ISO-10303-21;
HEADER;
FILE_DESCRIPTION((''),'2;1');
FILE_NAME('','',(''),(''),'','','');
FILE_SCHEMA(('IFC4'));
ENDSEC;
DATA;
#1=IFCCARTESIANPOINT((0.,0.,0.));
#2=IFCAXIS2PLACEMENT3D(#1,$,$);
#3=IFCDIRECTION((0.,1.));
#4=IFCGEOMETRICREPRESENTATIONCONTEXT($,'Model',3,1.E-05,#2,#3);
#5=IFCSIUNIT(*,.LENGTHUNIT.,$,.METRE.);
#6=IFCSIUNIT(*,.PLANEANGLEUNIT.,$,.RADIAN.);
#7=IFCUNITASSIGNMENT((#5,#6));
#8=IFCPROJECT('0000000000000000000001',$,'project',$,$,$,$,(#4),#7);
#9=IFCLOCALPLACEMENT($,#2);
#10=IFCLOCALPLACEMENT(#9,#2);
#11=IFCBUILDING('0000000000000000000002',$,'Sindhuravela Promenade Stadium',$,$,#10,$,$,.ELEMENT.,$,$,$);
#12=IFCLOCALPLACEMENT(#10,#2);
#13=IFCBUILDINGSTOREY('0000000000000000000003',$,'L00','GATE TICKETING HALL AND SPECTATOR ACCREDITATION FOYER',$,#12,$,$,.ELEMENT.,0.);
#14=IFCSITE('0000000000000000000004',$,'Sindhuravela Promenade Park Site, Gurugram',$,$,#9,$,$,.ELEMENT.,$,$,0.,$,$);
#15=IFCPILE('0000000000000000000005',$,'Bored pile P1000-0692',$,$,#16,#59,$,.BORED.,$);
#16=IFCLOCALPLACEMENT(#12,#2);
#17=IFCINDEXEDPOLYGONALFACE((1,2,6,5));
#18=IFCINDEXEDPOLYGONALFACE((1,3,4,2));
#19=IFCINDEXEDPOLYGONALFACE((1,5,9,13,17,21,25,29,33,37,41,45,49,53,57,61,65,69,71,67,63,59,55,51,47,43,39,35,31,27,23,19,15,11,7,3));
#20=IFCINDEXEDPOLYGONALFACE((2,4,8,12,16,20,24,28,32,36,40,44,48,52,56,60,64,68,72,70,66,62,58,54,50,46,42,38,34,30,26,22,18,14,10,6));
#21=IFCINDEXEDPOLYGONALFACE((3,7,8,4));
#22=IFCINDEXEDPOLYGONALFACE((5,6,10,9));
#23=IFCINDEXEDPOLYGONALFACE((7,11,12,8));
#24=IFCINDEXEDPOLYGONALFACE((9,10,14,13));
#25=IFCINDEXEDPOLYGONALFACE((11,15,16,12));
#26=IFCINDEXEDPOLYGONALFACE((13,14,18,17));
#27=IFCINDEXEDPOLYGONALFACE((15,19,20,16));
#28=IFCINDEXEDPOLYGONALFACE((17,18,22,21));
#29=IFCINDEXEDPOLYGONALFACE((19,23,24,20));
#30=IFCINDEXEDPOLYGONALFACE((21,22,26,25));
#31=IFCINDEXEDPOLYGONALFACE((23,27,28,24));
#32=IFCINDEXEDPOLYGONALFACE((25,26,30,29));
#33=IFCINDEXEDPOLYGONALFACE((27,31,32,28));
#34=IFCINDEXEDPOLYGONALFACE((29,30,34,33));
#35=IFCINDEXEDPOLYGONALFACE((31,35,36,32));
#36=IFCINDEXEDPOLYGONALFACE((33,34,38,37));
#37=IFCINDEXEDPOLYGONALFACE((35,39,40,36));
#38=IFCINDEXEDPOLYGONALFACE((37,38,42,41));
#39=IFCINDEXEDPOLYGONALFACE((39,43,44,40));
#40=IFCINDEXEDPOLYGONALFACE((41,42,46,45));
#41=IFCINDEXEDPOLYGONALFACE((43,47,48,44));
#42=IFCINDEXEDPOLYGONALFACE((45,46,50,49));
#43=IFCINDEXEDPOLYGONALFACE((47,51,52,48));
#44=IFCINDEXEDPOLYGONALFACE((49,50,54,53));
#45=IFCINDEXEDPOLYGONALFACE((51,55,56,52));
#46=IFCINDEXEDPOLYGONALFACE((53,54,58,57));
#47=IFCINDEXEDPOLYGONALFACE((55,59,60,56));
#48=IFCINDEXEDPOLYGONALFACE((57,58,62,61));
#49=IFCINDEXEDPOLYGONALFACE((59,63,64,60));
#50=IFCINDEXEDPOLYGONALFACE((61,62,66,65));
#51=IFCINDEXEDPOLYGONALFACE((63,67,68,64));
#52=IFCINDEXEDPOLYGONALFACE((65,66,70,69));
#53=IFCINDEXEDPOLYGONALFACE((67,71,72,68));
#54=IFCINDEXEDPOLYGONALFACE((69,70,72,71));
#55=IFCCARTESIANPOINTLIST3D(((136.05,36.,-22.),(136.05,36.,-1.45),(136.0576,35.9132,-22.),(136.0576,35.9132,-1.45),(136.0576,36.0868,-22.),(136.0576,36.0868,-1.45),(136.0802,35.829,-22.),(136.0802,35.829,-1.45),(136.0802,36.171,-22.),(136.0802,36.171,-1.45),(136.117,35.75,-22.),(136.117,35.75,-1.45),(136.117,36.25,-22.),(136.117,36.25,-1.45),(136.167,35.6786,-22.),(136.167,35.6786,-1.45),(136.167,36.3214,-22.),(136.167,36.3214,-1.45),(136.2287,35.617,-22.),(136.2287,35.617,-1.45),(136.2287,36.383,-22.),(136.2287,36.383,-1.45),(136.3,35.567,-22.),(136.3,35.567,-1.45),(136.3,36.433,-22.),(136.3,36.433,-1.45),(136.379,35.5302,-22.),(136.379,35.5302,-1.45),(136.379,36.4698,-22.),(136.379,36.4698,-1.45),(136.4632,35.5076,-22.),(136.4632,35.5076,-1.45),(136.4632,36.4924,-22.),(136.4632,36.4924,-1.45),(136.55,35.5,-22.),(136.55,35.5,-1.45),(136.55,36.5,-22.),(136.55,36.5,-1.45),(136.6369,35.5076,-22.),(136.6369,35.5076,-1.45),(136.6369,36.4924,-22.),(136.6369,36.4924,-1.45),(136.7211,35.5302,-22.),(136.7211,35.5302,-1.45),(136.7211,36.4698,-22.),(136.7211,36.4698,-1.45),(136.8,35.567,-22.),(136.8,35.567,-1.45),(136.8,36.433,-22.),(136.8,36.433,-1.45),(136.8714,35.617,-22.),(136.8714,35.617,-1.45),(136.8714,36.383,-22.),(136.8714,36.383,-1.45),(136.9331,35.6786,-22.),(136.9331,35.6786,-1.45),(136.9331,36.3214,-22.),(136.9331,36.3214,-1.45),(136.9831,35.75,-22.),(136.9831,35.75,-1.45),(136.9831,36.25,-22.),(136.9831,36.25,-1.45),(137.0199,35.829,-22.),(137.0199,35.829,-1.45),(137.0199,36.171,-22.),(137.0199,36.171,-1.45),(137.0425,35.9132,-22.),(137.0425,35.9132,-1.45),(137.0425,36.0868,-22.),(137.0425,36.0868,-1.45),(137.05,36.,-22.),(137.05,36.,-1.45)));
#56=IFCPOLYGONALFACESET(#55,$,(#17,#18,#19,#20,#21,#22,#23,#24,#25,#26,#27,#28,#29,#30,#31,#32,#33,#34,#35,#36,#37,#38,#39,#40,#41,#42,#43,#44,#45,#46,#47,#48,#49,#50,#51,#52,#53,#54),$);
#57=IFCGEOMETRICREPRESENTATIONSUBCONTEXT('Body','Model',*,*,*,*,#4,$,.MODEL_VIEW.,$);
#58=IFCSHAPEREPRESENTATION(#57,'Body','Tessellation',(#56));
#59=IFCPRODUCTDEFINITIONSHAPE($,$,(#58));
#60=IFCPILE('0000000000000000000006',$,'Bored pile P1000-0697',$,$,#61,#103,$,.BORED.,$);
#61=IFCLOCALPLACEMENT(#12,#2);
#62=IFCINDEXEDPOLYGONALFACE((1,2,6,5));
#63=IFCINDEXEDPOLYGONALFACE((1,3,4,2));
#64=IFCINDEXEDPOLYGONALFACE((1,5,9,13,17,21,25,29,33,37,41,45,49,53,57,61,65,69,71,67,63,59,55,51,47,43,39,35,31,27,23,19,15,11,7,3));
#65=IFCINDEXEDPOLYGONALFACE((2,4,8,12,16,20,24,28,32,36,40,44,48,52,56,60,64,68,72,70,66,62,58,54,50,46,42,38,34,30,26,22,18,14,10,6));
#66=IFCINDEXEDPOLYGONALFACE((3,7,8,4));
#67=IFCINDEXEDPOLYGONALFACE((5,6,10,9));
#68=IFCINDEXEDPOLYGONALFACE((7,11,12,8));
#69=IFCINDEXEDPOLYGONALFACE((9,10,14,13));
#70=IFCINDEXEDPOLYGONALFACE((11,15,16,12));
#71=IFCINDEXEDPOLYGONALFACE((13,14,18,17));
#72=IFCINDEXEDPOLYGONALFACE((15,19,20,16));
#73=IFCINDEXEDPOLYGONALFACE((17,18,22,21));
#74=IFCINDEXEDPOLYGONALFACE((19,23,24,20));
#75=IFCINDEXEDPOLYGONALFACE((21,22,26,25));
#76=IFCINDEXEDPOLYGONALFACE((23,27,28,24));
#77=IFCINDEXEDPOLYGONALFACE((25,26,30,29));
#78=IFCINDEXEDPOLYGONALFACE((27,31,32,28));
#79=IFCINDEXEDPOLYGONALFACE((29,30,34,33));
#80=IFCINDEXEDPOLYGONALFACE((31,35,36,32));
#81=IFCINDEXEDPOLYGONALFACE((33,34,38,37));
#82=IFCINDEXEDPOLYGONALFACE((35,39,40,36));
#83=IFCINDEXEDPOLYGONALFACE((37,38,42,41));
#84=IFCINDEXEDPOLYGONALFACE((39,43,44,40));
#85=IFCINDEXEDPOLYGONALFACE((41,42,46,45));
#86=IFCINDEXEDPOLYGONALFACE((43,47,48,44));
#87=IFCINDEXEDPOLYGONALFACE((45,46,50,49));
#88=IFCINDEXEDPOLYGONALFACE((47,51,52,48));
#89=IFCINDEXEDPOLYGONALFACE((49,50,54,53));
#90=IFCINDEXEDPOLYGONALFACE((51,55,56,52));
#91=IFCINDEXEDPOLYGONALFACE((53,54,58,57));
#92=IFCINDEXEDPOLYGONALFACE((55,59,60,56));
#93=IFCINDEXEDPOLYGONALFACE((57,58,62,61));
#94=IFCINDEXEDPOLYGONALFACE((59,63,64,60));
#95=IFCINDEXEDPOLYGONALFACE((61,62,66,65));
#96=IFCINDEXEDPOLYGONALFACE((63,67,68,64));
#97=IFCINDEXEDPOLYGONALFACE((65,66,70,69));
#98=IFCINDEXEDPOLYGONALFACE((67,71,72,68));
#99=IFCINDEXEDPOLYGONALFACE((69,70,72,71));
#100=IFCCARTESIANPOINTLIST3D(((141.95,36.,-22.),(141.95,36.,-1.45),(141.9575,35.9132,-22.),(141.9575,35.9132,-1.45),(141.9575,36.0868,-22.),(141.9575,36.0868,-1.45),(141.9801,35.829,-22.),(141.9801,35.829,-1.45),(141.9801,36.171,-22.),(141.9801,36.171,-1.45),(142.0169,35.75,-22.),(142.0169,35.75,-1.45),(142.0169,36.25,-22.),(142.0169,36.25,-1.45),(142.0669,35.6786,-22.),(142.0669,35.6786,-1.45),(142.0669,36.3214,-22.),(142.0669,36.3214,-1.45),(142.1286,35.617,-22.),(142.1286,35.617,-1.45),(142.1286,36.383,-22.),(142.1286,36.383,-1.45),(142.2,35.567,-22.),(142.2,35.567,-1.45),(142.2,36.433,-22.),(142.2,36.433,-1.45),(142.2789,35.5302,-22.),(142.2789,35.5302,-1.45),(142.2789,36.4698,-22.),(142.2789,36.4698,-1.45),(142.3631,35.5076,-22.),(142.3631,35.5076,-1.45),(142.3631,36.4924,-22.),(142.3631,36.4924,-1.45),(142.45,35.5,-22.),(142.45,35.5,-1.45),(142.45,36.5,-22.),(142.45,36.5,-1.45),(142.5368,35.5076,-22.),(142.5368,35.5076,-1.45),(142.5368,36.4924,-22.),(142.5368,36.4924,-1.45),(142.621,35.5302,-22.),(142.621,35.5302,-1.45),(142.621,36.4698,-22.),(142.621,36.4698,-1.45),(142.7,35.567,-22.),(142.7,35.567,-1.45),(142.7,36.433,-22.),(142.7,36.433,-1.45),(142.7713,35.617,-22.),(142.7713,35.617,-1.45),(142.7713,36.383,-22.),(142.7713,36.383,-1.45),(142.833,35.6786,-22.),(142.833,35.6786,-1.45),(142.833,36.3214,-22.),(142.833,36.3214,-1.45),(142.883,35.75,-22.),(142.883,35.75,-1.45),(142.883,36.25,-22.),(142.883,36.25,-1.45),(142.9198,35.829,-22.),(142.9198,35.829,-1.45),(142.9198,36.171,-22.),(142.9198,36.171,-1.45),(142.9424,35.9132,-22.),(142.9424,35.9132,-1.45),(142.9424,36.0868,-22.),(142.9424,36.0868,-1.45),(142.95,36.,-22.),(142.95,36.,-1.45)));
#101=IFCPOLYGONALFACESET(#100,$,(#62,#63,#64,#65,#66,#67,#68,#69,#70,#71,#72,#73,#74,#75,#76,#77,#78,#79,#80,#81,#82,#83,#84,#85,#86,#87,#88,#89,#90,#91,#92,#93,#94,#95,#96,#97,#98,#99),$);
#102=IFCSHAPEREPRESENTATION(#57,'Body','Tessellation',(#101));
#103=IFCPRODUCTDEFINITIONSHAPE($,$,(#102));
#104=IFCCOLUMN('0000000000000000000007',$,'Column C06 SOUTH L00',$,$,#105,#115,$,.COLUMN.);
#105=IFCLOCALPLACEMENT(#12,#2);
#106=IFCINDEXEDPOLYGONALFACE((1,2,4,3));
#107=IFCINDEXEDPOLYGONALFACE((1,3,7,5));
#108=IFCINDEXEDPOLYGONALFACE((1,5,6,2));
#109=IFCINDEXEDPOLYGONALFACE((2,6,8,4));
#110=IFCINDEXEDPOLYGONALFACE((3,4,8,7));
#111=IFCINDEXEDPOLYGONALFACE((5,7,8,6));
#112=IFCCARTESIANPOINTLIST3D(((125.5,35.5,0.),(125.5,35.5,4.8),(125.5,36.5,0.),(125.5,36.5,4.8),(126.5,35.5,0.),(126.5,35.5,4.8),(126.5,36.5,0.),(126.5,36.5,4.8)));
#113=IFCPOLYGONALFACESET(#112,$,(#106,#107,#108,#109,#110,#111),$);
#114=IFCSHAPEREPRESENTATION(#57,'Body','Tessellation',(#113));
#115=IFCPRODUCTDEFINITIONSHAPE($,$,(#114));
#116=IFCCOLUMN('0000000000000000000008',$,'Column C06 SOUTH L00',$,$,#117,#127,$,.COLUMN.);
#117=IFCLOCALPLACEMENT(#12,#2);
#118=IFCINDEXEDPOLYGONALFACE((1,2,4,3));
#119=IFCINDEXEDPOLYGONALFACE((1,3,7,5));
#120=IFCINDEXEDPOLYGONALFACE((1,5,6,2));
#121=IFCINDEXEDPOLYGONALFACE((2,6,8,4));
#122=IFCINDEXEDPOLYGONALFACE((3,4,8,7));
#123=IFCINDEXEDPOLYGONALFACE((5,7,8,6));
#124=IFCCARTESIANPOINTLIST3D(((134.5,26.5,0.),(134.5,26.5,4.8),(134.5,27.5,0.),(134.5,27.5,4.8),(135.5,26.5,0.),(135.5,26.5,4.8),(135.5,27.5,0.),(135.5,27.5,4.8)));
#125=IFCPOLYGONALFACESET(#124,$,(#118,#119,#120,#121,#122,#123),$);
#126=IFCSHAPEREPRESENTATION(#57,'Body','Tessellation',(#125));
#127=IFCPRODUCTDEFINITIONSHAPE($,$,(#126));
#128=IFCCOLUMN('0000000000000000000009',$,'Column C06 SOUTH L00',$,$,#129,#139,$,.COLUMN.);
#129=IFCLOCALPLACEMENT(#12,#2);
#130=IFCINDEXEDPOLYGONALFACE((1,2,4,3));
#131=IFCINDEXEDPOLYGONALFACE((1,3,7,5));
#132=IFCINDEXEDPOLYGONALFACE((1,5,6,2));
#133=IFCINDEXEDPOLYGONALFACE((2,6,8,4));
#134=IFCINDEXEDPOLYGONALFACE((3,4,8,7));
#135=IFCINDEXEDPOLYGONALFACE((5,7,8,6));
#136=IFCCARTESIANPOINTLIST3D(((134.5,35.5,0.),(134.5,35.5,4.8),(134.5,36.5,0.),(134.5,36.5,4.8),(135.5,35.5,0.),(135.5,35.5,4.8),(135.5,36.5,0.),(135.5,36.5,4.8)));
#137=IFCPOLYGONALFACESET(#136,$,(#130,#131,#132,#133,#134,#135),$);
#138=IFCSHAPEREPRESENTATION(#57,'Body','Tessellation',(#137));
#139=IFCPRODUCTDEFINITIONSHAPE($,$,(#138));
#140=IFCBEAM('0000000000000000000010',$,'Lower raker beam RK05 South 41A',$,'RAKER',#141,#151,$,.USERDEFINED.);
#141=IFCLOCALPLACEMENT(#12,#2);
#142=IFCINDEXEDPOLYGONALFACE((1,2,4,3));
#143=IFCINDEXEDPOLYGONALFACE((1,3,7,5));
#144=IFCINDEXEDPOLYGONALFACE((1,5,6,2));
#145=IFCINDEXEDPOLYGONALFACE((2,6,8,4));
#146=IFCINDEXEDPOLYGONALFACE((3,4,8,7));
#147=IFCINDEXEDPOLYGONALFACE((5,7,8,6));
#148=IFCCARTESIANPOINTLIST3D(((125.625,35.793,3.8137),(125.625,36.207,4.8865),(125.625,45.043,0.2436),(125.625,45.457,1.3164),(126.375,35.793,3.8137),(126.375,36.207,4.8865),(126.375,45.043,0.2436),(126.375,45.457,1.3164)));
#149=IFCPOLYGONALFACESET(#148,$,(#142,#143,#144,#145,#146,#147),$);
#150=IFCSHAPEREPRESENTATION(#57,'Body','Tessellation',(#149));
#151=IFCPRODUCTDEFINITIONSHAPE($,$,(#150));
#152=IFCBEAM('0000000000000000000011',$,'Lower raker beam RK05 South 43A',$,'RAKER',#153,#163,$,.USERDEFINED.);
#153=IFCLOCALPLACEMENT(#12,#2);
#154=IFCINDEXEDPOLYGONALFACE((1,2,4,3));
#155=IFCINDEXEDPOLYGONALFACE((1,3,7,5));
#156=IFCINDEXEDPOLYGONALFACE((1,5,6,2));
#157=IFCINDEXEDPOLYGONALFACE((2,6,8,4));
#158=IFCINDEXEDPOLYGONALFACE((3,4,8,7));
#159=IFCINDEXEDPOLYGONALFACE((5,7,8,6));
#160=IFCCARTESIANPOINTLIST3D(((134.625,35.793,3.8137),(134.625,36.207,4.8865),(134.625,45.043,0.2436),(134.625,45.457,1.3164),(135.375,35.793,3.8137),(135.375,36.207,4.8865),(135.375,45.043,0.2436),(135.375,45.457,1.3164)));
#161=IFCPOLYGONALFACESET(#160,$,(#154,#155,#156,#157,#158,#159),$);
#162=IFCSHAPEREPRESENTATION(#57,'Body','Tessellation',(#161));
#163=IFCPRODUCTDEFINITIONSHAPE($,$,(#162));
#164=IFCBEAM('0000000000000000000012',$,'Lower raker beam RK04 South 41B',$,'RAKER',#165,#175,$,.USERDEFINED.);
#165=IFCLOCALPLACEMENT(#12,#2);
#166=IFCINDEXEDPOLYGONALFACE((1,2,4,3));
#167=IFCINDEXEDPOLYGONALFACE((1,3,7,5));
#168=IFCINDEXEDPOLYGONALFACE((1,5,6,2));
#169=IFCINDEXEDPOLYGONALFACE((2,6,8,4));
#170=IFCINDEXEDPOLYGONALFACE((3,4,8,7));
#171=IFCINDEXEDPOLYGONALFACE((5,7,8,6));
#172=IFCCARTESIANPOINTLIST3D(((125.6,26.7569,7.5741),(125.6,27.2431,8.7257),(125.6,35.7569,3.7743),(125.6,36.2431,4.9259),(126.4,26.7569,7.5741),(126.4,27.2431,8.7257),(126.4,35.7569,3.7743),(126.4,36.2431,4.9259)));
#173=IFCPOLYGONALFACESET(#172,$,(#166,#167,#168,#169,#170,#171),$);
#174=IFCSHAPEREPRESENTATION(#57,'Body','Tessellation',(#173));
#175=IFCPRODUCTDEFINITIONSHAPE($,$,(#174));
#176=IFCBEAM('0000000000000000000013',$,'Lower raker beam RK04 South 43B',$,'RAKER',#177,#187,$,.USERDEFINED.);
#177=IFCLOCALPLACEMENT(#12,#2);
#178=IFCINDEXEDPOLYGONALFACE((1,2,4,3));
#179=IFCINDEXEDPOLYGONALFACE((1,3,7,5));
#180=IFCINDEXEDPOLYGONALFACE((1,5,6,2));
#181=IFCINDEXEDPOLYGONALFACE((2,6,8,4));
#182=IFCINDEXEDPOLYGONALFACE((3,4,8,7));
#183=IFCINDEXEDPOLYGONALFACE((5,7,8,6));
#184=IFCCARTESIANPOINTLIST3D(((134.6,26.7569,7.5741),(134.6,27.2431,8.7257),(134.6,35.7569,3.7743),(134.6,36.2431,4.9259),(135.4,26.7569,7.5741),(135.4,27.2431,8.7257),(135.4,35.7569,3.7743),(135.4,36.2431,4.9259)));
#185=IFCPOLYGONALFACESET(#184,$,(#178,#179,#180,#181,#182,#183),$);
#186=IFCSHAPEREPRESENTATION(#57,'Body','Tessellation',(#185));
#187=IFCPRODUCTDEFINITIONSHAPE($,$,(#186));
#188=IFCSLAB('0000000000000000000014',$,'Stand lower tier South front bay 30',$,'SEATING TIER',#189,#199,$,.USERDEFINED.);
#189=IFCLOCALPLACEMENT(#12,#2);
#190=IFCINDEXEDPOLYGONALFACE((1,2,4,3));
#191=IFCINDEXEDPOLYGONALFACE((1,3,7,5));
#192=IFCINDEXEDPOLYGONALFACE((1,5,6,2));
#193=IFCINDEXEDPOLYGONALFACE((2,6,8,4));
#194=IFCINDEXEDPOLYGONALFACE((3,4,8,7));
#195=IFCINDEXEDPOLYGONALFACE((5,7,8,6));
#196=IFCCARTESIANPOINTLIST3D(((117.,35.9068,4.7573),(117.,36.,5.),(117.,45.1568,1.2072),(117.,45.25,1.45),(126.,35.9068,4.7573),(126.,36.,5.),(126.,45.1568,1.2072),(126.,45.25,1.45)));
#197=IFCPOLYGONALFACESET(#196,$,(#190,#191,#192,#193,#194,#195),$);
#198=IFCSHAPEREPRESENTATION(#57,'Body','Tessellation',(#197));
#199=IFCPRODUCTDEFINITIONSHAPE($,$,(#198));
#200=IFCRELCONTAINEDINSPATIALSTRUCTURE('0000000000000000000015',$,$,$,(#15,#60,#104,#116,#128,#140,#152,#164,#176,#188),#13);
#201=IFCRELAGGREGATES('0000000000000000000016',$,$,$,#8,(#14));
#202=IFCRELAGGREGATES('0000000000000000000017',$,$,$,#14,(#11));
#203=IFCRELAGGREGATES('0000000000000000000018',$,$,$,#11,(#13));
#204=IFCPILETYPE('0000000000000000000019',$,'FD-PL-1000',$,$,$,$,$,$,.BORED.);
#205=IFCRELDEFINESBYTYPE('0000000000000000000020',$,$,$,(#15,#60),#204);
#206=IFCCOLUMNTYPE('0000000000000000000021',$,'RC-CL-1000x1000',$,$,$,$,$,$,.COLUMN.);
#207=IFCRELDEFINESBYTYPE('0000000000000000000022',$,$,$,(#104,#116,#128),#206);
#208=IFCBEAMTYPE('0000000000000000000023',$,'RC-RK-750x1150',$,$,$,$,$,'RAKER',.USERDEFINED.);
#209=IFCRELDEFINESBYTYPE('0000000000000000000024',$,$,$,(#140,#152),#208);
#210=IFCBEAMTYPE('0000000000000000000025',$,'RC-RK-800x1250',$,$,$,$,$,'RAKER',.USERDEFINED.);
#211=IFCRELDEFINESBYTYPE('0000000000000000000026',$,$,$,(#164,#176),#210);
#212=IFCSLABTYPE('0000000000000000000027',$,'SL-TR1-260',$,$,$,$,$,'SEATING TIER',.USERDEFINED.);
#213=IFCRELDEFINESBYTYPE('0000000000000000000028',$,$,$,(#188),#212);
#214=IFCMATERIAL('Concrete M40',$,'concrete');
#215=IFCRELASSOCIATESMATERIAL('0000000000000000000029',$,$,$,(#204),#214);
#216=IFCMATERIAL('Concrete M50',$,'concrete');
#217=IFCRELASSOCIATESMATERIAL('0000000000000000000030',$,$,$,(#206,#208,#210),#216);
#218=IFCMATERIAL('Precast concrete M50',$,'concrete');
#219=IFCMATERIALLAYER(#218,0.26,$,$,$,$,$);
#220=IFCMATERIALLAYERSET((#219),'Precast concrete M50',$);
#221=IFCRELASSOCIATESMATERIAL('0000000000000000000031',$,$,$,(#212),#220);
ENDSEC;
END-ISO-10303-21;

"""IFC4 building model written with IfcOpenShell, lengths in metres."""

from ifc_helpers import new_model, si_unit, direction, frame, origin, origin_2d, place, context, subcontext, project, spatial, polyline, rectangle, circle, outline, extrude, material, layer, layer_set, material_profile, profile_set, type_object, element, save


model = new_model("IFC4")

# Units and contexts
model_context = context("Model", 3, precision=1e-05, world=origin(), true_north=direction((0.0, 1.0)))
body_context = subcontext(model_context, "Body", "Model", "MODEL_VIEW")
ifc_project = project(units=[si_unit("LENGTHUNIT", "METRE"), si_unit("PLANEANGLEUNIT", "RADIAN")], contexts=[model_context])

# Site, building, storey
site_placement = place(None, origin())
site = spatial("IfcSite", under=ifc_project, at=site_placement, Name="Sindhuravela Promenade Park Site, Gurugram", CompositionType="ELEMENT", RefElevation=0.0)
building_placement = place(site_placement, origin())
building = spatial("IfcBuilding", under=site, at=building_placement, Name="Sindhuravela Promenade Stadium", CompositionType="ELEMENT")
storey_placement = place(building_placement, origin())
storey = spatial("IfcBuildingStorey", under=building, at=storey_placement, Name="L00", Description="GATE TICKETING HALL AND SPECTATOR ACCREDITATION FOYER", CompositionType="ELEMENT", Elevation=0.0)

# Shared definitions
ifc_material_1 = material(Name="Concrete M50", Category="concrete")

# Piles
ifc_material_2 = material(Name="Concrete M40", Category="concrete")
ifc_material_profile_1 = material_profile(ifc_material_2, circle(Radius=0.5, at=origin_2d()), Name="BORED PILE D1000")
ifc_profile_set_1 = profile_set([ifc_material_profile_1], Name="Concrete M40")
pile_type = type_object("IfcPileType", Name="FD-PL-1000", PredefinedType="BORED", material=ifc_profile_set_1)
for number, where, z_axis, x_axis, name in (
    (1, (136.55, 36.0, -1.45), (0.0, 0.0, -1.0), (1.0, 0.0, 0.0), "Bored pile P1000-0692"),
    (2, (142.45, 36.0, -1.45), (0.0, 0.0, -1.0), (1.0, 0.0, 0.0), "Bored pile P1000-0697"),
):
    element("IfcPile", number, at=place(storey_placement, frame(where, z_axis=z_axis, x_axis=x_axis)), inside=storey, type_object=pile_type, Name=name, PredefinedType="BORED", context=body_context, shape_type="SweptSolid", body=[
        extrude(circle(Radius=0.5, at=origin_2d()), origin(), (0.0, 0.0, 1.0), 20.55),
    ])

# Columns
ifc_material_profile_2 = material_profile(ifc_material_1, rectangle(XDim=1.0, YDim=1.0, at=origin_2d()), Name="RC 1000x1000")
ifc_profile_set_2 = profile_set([ifc_material_profile_2], Name="Concrete M50")
column_type = type_object("IfcColumnType", Name="RC-CL-1000x1000", PredefinedType="COLUMN", material=ifc_profile_set_2)
for number, where, z_axis, x_axis, name in (
    (3, (126.0, 36.0, 0.0), (0.0, 0.0, 1.0), (1.0, 0.0, 0.0), "Column C06 SOUTH L00"),
    (4, (135.0, 27.0, 0.0), (0.0, 0.0, 1.0), (1.0, 0.0, 0.0), "Column C06 SOUTH L00"),
    (5, (135.0, 36.0, 0.0), (0.0, 0.0, 1.0), (1.0, 0.0, 0.0), "Column C06 SOUTH L00"),
):
    element("IfcColumn", number, at=place(storey_placement, frame(where, z_axis=z_axis, x_axis=x_axis)), inside=storey, type_object=column_type, Name=name, PredefinedType="COLUMN", context=body_context, shape_type="SweptSolid", body=[
        extrude(rectangle(XDim=1.0, YDim=1.0, at=origin_2d()), origin(), (0.0, 0.0, 1.0), 4.8),
    ])

# Beams
ifc_material_profile_3 = material_profile(ifc_material_1, rectangle(XDim=0.75, YDim=1.1499, at=origin_2d()), Name="RC 750x1150")
ifc_profile_set_3 = profile_set([ifc_material_profile_3], Name="Concrete M50")
beam_type_1 = type_object("IfcBeamType", Name="RC-RK-750x1150", ElementType="RAKER", PredefinedType="USERDEFINED", material=ifc_profile_set_3)
for number, where, z_axis, x_axis, name in (
    (6, (126.0, 45.25, 0.78), (0.0, -0.932927, 0.360066), (1.0, 0.0, 0.0), "Lower raker beam RK05 South 41A"),
    (7, (135.0, 45.25, 0.78), (0.0, -0.932927, 0.360066), (1.0, 0.0, 0.0), "Lower raker beam RK05 South 43A"),
):
    element("IfcBeam", number, at=place(storey_placement, frame(where, z_axis=z_axis, x_axis=x_axis)), inside=storey, type_object=beam_type_1, Name=name, ObjectType="RAKER", PredefinedType="USERDEFINED", context=body_context, shape_type="SweptSolid", body=[
        extrude(rectangle(XDim=0.75, YDim=1.1499, at=origin_2d()), origin(), (0.0, 0.0, 1.0), 9.915),
    ])
ifc_material_profile_4 = material_profile(ifc_material_1, rectangle(XDim=0.8, YDim=1.25, at=origin_2d()), Name="RC 800x1250")
ifc_profile_set_4 = profile_set([ifc_material_profile_4], Name="Concrete M50")
beam_type_2 = type_object("IfcBeamType", Name="RC-RK-800x1250", ElementType="RAKER", PredefinedType="USERDEFINED", material=ifc_profile_set_4)
for number, where, z_axis, x_axis, name in (
    (8, (126.0, 36.0, 4.3501), (0.0, -0.921257, 0.388955), (1.0, 0.0, 0.0), "Lower raker beam RK04 South 41B"),
    (9, (135.0, 36.0, 4.3501), (0.0, -0.921257, 0.388955), (1.0, 0.0, 0.0), "Lower raker beam RK04 South 43B"),
):
    element("IfcBeam", number, at=place(storey_placement, frame(where, z_axis=z_axis, x_axis=x_axis)), inside=storey, type_object=beam_type_2, Name=name, ObjectType="RAKER", PredefinedType="USERDEFINED", context=body_context, shape_type="SweptSolid", body=[
        extrude(rectangle(XDim=0.8, YDim=1.25, at=origin_2d()), origin(), (0.0, 0.0, 1.0), 9.7693),
    ])

# Slab
ifc_material_3 = material(Name="Precast concrete M50", Category="concrete")
ifc_layer_1 = layer(ifc_material_3, 0.26)
ifc_layer_set_1 = layer_set([ifc_layer_1], Name="Precast concrete M50")
slab_type = type_object("IfcSlabType", Name="SL-TR1-260", ElementType="SEATING TIER", PredefinedType="USERDEFINED", material=ifc_layer_set_1)
for number, where, z_axis, x_axis, name in (
    (10, (126.0, 45.25, 1.45), (0.0, 0.358307, 0.933604), (-1.0, 0.0, 0.0), "Stand lower tier South front bay 30"),
):
    element("IfcSlab", number, at=place(storey_placement, frame(where, z_axis=z_axis, x_axis=x_axis)), inside=storey, type_object=slab_type, Name=name, ObjectType="SEATING TIER", PredefinedType="USERDEFINED", context=body_context, shape_type="SweptSolid", body=[
        extrude(outline(polyline([(0.0, 0.0), (9.0, 0.0), (9.0, 9.9078), (0.0, 9.9078), (0.0, 0.0)])), origin(), (0.0, 0.0, -1.0), 0.26),
    ])

save(model, "model.ifc")
